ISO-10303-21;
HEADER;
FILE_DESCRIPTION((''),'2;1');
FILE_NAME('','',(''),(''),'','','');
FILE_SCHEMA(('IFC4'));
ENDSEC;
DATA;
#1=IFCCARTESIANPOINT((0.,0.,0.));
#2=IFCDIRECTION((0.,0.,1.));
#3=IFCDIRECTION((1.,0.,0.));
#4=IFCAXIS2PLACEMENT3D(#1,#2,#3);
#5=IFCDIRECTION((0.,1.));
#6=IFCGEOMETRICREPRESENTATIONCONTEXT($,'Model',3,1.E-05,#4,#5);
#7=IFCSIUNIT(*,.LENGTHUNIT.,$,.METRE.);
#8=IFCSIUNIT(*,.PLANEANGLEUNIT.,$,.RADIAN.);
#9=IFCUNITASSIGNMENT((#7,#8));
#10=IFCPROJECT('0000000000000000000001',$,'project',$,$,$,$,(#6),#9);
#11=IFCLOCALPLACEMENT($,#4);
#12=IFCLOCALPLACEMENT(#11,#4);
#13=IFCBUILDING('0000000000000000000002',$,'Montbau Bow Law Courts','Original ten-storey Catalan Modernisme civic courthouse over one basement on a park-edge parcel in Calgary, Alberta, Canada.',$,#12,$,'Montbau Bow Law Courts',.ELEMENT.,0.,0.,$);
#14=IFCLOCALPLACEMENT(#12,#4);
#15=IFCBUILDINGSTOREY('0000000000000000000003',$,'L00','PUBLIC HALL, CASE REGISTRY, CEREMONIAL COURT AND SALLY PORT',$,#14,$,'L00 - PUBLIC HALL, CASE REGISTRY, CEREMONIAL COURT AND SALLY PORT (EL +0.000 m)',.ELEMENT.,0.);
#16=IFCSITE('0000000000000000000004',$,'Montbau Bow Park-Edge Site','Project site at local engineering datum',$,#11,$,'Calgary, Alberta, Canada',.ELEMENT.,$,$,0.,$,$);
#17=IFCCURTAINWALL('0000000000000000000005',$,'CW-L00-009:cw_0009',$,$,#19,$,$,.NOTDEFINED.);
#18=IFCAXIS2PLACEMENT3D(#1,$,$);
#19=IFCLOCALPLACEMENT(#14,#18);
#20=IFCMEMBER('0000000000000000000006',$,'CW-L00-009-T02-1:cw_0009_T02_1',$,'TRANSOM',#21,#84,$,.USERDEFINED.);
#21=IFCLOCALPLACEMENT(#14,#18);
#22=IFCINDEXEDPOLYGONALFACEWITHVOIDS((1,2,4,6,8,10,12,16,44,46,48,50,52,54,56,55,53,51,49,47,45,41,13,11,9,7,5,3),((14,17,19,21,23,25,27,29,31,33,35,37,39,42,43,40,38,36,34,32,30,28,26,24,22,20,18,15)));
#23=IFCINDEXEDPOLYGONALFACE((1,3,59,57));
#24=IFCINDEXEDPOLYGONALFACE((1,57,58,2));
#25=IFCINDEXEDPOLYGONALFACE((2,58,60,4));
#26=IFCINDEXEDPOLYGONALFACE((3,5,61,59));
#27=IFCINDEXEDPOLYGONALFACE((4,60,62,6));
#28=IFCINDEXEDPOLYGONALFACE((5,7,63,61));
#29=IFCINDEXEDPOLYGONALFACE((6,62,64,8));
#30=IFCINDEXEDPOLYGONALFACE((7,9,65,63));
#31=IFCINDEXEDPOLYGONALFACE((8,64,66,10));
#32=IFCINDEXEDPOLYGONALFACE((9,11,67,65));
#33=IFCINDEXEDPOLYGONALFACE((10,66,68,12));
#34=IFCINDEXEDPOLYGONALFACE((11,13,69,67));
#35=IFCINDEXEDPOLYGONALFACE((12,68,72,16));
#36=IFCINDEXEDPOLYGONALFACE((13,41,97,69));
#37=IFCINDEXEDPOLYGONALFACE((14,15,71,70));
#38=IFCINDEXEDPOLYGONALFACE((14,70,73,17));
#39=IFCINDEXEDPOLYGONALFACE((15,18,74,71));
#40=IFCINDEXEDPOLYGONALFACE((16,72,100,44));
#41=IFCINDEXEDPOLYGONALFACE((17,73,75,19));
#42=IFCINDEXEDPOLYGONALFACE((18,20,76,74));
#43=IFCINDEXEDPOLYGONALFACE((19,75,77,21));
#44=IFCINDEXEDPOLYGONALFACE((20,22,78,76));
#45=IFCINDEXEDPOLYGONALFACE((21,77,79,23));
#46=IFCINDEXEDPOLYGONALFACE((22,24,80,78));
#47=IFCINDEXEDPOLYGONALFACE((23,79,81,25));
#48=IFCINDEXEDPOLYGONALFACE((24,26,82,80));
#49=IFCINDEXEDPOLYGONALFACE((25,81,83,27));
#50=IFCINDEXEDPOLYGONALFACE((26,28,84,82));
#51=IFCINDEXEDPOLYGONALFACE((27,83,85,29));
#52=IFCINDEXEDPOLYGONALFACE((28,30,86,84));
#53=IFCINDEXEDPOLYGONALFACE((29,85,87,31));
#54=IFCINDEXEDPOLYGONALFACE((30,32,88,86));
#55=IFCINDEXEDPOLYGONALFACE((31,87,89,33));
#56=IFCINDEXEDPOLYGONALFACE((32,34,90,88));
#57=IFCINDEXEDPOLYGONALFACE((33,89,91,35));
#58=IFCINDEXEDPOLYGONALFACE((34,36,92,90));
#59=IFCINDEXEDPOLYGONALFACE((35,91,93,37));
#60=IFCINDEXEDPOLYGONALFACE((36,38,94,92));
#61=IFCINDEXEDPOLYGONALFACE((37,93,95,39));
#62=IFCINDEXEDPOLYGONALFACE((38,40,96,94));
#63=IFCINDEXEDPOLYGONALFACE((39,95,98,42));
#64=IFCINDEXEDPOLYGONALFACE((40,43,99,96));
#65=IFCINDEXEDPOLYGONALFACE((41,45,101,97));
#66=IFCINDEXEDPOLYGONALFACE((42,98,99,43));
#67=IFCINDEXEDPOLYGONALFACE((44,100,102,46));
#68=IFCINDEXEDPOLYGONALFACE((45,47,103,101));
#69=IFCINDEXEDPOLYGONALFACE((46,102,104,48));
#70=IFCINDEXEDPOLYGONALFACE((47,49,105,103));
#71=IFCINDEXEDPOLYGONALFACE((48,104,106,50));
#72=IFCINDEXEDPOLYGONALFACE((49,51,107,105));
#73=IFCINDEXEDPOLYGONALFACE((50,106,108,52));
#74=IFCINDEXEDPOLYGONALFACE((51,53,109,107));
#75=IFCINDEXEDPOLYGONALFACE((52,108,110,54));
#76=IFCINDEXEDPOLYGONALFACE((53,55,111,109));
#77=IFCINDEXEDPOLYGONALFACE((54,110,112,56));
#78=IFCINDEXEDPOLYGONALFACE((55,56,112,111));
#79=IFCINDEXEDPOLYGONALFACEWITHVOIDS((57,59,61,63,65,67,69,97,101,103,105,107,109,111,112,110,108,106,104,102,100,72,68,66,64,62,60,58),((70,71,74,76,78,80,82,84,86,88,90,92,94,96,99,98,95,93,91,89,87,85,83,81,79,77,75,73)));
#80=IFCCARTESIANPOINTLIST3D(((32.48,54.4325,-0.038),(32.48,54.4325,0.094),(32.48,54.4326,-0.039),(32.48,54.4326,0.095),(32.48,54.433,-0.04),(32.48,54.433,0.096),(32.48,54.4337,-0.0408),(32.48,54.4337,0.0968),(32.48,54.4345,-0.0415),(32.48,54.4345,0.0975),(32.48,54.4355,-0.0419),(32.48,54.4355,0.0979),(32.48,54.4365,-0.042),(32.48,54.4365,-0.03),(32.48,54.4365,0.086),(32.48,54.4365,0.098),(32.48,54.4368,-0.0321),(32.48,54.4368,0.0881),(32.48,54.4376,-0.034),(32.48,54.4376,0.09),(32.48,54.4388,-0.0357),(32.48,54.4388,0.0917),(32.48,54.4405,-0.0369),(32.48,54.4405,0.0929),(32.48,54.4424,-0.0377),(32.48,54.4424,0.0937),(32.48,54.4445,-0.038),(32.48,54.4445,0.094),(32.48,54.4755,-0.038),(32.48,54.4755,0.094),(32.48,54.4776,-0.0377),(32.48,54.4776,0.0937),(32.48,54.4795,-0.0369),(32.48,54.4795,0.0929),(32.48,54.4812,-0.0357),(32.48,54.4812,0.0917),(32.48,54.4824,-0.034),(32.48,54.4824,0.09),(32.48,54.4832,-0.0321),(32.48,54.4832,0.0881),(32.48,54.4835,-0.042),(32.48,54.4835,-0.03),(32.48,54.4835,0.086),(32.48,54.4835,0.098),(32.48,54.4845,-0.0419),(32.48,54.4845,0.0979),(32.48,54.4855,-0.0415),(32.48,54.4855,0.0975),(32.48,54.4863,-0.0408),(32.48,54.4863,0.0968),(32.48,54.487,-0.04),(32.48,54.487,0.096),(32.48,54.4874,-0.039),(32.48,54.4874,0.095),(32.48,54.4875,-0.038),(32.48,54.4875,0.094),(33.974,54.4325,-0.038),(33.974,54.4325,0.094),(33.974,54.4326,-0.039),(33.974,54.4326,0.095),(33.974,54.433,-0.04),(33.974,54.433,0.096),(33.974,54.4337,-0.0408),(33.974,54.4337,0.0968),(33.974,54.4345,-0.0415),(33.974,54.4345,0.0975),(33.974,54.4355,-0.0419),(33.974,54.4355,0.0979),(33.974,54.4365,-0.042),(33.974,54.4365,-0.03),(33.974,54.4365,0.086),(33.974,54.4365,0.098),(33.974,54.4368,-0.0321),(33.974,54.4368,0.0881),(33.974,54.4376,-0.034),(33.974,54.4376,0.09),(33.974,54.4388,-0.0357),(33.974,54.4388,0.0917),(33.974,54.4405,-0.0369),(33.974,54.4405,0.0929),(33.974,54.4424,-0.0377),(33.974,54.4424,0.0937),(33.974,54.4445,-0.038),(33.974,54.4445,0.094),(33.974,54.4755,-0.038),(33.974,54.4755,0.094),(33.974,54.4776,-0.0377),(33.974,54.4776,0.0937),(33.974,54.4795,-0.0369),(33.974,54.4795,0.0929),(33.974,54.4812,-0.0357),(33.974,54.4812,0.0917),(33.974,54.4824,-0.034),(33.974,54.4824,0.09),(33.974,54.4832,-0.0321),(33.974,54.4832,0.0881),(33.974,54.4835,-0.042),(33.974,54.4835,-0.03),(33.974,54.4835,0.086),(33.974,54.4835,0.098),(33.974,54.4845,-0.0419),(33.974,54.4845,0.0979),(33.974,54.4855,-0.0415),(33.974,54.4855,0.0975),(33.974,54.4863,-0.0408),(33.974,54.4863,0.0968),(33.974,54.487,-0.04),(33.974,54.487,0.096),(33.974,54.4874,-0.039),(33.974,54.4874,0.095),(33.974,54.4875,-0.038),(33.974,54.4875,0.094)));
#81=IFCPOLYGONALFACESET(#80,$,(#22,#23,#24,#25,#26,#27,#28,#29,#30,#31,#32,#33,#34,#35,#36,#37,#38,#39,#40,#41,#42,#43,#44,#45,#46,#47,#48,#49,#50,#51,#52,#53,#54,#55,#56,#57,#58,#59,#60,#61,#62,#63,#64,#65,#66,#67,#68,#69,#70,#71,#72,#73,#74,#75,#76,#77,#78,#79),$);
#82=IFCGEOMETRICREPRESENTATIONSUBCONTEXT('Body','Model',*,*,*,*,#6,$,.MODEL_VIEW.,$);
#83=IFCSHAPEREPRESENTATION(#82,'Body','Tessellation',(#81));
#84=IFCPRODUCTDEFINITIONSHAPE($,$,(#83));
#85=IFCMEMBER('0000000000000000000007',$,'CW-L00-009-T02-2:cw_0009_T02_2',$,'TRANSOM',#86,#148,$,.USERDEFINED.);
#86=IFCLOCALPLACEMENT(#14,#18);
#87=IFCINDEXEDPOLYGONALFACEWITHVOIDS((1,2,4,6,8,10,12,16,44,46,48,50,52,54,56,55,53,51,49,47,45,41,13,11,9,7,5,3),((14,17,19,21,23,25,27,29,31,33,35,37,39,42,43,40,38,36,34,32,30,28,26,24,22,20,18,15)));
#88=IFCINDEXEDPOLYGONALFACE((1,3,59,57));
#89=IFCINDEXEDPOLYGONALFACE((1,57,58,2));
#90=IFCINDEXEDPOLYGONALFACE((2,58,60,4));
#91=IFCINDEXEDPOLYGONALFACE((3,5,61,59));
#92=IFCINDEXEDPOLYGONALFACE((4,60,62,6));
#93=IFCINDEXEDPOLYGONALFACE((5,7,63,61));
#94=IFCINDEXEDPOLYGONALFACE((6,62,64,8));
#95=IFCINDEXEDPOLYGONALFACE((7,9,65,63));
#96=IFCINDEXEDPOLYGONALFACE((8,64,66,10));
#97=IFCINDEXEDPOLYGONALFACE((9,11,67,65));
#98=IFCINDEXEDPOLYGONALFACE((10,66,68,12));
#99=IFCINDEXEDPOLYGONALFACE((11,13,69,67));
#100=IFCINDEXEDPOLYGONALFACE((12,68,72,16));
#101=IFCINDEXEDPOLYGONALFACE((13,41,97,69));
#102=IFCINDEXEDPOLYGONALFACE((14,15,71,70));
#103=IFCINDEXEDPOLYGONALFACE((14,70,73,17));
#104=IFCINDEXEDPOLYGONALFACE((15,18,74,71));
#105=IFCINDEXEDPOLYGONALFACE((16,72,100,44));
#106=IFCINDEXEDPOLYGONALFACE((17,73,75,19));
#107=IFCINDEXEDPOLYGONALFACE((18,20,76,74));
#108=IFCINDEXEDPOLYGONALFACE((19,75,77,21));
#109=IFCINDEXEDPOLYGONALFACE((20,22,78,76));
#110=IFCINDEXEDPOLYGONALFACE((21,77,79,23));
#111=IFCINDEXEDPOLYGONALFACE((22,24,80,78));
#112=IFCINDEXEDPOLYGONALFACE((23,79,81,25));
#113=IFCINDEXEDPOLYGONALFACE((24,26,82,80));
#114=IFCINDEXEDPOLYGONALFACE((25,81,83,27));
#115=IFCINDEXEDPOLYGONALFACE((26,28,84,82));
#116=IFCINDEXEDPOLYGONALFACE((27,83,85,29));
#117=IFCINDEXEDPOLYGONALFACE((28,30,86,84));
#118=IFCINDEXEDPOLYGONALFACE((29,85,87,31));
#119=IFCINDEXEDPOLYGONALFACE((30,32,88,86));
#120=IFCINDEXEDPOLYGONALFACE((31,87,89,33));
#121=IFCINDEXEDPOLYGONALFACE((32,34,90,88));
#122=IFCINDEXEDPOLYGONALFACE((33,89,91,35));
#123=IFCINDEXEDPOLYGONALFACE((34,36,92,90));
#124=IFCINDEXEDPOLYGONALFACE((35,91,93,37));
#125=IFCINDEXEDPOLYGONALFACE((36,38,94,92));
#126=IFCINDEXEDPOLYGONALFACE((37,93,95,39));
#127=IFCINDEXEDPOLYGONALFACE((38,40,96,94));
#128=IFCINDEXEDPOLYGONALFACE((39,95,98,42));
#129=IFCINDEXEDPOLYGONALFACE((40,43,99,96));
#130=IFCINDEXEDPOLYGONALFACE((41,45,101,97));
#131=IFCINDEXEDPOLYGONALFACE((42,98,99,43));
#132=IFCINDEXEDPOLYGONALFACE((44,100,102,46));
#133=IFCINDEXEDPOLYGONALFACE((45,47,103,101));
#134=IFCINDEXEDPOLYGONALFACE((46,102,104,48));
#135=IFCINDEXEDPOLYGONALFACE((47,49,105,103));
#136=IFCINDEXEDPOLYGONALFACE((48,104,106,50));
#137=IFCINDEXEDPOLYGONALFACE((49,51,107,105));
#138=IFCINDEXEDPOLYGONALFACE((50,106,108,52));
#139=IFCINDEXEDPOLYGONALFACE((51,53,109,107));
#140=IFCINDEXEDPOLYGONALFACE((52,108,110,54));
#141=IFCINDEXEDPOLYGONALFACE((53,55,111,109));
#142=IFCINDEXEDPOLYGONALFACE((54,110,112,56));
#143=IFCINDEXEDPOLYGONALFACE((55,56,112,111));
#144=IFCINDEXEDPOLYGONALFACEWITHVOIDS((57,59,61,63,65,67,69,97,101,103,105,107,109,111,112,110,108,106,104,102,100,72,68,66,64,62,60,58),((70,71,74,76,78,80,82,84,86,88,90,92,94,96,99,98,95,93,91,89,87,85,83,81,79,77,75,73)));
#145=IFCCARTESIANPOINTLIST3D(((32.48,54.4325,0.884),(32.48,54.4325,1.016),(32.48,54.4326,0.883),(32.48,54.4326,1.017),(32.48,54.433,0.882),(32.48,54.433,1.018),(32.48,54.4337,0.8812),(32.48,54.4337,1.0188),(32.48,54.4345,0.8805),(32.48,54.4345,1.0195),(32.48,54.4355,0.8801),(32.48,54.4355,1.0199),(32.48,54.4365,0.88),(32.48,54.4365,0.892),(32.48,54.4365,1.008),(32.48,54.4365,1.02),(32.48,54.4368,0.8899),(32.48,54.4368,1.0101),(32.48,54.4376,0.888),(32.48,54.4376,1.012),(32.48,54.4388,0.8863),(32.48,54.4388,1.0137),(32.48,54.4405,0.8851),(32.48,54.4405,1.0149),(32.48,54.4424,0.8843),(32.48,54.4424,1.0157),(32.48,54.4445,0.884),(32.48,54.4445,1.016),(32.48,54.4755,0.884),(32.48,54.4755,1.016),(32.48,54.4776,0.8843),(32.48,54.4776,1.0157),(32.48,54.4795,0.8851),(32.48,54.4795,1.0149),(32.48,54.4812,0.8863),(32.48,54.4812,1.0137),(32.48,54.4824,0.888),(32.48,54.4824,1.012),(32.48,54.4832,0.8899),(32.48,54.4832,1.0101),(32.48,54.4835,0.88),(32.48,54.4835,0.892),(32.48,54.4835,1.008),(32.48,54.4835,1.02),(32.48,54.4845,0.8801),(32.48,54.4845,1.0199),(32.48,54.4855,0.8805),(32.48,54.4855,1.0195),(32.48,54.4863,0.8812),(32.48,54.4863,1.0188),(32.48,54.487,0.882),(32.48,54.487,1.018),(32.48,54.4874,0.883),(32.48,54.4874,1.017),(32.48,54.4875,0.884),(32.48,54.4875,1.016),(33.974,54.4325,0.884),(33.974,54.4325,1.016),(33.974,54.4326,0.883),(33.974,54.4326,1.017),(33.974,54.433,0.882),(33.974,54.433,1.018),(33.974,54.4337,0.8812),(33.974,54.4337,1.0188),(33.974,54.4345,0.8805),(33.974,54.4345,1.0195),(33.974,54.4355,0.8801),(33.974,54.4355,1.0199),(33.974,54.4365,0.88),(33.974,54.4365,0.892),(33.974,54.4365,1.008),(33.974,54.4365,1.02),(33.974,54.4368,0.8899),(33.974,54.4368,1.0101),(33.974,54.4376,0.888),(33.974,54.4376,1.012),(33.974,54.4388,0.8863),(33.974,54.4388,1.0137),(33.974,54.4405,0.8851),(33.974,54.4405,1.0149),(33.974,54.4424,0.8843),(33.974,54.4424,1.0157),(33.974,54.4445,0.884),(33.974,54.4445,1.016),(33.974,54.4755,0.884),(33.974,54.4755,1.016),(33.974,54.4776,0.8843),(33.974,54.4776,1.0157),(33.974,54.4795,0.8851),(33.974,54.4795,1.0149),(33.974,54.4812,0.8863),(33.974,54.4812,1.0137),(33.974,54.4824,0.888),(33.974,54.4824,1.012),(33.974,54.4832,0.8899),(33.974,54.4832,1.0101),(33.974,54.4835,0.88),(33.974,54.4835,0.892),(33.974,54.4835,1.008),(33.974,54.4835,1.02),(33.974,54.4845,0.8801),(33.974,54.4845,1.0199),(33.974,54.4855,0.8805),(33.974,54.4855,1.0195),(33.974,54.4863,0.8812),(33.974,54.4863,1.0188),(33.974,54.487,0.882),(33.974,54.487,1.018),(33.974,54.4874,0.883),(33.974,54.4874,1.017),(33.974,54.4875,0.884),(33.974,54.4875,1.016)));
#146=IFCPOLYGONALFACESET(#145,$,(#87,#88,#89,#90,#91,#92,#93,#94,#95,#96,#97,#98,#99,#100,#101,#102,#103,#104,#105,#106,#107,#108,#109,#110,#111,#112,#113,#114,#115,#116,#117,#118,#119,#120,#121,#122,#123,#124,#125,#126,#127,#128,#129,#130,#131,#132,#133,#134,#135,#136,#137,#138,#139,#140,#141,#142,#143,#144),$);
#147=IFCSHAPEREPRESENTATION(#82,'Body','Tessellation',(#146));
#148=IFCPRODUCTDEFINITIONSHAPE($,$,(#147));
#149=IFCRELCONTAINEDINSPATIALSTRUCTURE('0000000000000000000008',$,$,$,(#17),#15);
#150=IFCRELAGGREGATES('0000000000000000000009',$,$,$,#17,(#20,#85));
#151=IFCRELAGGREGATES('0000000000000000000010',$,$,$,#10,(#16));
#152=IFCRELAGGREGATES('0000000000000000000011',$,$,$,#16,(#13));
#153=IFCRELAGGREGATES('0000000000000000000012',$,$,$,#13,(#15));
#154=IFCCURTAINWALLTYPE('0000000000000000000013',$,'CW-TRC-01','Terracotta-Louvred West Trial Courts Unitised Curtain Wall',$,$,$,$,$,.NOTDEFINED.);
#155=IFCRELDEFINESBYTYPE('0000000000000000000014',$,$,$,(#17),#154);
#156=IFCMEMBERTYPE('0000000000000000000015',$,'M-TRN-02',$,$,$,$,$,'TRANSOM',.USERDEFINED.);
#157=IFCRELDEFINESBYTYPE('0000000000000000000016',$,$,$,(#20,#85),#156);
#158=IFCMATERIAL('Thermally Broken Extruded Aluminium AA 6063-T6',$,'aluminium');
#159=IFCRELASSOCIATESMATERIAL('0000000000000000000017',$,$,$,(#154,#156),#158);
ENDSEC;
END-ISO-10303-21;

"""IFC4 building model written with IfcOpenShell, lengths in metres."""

from ifc_helpers import new_model, si_unit, direction, frame, origin_with_axes, origin_2d_with_axis, place, context, subcontext, project, spatial, hollow_rectangle, extrude, material, material_profile, profile_set, type_object, element, aggregate, save


model = new_model("IFC4")

# Units and contexts
model_context = context("Model", 3, precision=1e-05, world=origin_with_axes(), true_north=direction((0.0, 1.0)))
body_context = subcontext(model_context, "Body", "Model", "MODEL_VIEW")
ifc_project = project(units=[si_unit("LENGTHUNIT", "METRE"), si_unit("PLANEANGLEUNIT", "RADIAN")], contexts=[model_context])

# Site, building, storey
site_placement = place(None, origin_with_axes())
site = spatial("IfcSite", under=ifc_project, at=site_placement, Name="Montbau Bow Park-Edge Site", Description="Project site at local engineering datum", LongName="Calgary, Alberta, Canada", CompositionType="ELEMENT", RefElevation=0.0)
building_placement = place(site_placement, origin_with_axes())
building = spatial("IfcBuilding", under=site, at=building_placement, Name="Montbau Bow Law Courts", Description="Original ten-storey Catalan Modernisme civic courthouse over one basement on a park-edge parcel in Calgary, Alberta, Canada.", LongName="Montbau Bow Law Courts", CompositionType="ELEMENT", ElevationOfRefHeight=0.0, ElevationOfTerrain=0.0)
storey_placement = place(building_placement, origin_with_axes())
storey = spatial("IfcBuildingStorey", under=building, at=storey_placement, Name="L00", Description="PUBLIC HALL, CASE REGISTRY, CEREMONIAL COURT AND SALLY PORT", LongName="L00 - PUBLIC HALL, CASE REGISTRY, CEREMONIAL COURT AND SALLY PORT (EL +0.000 m)", CompositionType="ELEMENT", Elevation=0.0)

# Curtain wall
ifc_material_1 = material(Name="Thermally Broken Extruded Aluminium AA 6063-T6", Category="aluminium")
curtain_wall_type = type_object("IfcCurtainWallType", Name="CW-TRC-01", Description="Terracotta-Louvred West Trial Courts Unitised Curtain Wall", PredefinedType="NOTDEFINED", material=ifc_material_1)
curtain_wall_1_placement = place(None, frame((30.867, 54.46, 0.0), z_axis=(0.0, 0.0, 1.0), x_axis=(1.0, 0.0, 0.0)))
curtain_wall_1 = element("IfcCurtainWall", 1, at=curtain_wall_1_placement, inside=storey, type_object=curtain_wall_type, Name="CW-L00-009:cw_0009", PredefinedType="NOTDEFINED")

# Members
ifc_material_profile_1 = material_profile(ifc_material_1, hollow_rectangle(XDim=0.055, YDim=0.14, WallThickness=0.004, InnerFilletRadius=0.008, OuterFilletRadius=0.004, at=origin_2d_with_axis()), Name="CWT-140X55", Category="Main", Priority=0)
ifc_profile_set_1 = profile_set([ifc_material_profile_1], Name="Thermally Broken Extruded Aluminium AA 6063-T6")
member_type_1 = type_object("IfcMemberType", Name="M-TRN-02", ElementType="TRANSOM", PredefinedType="USERDEFINED", material=ifc_profile_set_1)
member_1_placement = place(None, frame((32.48, 54.46, 0.028), z_axis=(1.0, 0.0, 0.0), x_axis=(0.0, 1.0, 0.0)))
member_1 = element("IfcMember", 2, at=member_1_placement, type_object=member_type_1, Name="CW-L00-009-T02-1:cw_0009_T02_1", ObjectType="TRANSOM", PredefinedType="USERDEFINED", context=body_context, shape_type="SweptSolid", body=[
    extrude(hollow_rectangle(XDim=0.055, YDim=0.14, WallThickness=0.004, InnerFilletRadius=0.008, OuterFilletRadius=0.004, at=origin_2d_with_axis()), origin_with_axes(), (0.0, 0.0, 1.0), 1.494),
])
member_2_placement = place(None, frame((32.48, 54.46, 0.95), z_axis=(1.0, 0.0, 0.0), x_axis=(0.0, 1.0, 0.0)))
member_2 = element("IfcMember", 3, at=member_2_placement, type_object=member_type_1, Name="CW-L00-009-T02-2:cw_0009_T02_2", ObjectType="TRANSOM", PredefinedType="USERDEFINED", context=body_context, shape_type="SweptSolid", body=[
    extrude(hollow_rectangle(XDim=0.055, YDim=0.14, WallThickness=0.004, InnerFilletRadius=0.008, OuterFilletRadius=0.004, at=origin_2d_with_axis()), origin_with_axes(), (0.0, 0.0, 1.0), 1.494),
])

aggregate(curtain_wall_1, [member_1, member_2])

save(model, "model.ifc")
